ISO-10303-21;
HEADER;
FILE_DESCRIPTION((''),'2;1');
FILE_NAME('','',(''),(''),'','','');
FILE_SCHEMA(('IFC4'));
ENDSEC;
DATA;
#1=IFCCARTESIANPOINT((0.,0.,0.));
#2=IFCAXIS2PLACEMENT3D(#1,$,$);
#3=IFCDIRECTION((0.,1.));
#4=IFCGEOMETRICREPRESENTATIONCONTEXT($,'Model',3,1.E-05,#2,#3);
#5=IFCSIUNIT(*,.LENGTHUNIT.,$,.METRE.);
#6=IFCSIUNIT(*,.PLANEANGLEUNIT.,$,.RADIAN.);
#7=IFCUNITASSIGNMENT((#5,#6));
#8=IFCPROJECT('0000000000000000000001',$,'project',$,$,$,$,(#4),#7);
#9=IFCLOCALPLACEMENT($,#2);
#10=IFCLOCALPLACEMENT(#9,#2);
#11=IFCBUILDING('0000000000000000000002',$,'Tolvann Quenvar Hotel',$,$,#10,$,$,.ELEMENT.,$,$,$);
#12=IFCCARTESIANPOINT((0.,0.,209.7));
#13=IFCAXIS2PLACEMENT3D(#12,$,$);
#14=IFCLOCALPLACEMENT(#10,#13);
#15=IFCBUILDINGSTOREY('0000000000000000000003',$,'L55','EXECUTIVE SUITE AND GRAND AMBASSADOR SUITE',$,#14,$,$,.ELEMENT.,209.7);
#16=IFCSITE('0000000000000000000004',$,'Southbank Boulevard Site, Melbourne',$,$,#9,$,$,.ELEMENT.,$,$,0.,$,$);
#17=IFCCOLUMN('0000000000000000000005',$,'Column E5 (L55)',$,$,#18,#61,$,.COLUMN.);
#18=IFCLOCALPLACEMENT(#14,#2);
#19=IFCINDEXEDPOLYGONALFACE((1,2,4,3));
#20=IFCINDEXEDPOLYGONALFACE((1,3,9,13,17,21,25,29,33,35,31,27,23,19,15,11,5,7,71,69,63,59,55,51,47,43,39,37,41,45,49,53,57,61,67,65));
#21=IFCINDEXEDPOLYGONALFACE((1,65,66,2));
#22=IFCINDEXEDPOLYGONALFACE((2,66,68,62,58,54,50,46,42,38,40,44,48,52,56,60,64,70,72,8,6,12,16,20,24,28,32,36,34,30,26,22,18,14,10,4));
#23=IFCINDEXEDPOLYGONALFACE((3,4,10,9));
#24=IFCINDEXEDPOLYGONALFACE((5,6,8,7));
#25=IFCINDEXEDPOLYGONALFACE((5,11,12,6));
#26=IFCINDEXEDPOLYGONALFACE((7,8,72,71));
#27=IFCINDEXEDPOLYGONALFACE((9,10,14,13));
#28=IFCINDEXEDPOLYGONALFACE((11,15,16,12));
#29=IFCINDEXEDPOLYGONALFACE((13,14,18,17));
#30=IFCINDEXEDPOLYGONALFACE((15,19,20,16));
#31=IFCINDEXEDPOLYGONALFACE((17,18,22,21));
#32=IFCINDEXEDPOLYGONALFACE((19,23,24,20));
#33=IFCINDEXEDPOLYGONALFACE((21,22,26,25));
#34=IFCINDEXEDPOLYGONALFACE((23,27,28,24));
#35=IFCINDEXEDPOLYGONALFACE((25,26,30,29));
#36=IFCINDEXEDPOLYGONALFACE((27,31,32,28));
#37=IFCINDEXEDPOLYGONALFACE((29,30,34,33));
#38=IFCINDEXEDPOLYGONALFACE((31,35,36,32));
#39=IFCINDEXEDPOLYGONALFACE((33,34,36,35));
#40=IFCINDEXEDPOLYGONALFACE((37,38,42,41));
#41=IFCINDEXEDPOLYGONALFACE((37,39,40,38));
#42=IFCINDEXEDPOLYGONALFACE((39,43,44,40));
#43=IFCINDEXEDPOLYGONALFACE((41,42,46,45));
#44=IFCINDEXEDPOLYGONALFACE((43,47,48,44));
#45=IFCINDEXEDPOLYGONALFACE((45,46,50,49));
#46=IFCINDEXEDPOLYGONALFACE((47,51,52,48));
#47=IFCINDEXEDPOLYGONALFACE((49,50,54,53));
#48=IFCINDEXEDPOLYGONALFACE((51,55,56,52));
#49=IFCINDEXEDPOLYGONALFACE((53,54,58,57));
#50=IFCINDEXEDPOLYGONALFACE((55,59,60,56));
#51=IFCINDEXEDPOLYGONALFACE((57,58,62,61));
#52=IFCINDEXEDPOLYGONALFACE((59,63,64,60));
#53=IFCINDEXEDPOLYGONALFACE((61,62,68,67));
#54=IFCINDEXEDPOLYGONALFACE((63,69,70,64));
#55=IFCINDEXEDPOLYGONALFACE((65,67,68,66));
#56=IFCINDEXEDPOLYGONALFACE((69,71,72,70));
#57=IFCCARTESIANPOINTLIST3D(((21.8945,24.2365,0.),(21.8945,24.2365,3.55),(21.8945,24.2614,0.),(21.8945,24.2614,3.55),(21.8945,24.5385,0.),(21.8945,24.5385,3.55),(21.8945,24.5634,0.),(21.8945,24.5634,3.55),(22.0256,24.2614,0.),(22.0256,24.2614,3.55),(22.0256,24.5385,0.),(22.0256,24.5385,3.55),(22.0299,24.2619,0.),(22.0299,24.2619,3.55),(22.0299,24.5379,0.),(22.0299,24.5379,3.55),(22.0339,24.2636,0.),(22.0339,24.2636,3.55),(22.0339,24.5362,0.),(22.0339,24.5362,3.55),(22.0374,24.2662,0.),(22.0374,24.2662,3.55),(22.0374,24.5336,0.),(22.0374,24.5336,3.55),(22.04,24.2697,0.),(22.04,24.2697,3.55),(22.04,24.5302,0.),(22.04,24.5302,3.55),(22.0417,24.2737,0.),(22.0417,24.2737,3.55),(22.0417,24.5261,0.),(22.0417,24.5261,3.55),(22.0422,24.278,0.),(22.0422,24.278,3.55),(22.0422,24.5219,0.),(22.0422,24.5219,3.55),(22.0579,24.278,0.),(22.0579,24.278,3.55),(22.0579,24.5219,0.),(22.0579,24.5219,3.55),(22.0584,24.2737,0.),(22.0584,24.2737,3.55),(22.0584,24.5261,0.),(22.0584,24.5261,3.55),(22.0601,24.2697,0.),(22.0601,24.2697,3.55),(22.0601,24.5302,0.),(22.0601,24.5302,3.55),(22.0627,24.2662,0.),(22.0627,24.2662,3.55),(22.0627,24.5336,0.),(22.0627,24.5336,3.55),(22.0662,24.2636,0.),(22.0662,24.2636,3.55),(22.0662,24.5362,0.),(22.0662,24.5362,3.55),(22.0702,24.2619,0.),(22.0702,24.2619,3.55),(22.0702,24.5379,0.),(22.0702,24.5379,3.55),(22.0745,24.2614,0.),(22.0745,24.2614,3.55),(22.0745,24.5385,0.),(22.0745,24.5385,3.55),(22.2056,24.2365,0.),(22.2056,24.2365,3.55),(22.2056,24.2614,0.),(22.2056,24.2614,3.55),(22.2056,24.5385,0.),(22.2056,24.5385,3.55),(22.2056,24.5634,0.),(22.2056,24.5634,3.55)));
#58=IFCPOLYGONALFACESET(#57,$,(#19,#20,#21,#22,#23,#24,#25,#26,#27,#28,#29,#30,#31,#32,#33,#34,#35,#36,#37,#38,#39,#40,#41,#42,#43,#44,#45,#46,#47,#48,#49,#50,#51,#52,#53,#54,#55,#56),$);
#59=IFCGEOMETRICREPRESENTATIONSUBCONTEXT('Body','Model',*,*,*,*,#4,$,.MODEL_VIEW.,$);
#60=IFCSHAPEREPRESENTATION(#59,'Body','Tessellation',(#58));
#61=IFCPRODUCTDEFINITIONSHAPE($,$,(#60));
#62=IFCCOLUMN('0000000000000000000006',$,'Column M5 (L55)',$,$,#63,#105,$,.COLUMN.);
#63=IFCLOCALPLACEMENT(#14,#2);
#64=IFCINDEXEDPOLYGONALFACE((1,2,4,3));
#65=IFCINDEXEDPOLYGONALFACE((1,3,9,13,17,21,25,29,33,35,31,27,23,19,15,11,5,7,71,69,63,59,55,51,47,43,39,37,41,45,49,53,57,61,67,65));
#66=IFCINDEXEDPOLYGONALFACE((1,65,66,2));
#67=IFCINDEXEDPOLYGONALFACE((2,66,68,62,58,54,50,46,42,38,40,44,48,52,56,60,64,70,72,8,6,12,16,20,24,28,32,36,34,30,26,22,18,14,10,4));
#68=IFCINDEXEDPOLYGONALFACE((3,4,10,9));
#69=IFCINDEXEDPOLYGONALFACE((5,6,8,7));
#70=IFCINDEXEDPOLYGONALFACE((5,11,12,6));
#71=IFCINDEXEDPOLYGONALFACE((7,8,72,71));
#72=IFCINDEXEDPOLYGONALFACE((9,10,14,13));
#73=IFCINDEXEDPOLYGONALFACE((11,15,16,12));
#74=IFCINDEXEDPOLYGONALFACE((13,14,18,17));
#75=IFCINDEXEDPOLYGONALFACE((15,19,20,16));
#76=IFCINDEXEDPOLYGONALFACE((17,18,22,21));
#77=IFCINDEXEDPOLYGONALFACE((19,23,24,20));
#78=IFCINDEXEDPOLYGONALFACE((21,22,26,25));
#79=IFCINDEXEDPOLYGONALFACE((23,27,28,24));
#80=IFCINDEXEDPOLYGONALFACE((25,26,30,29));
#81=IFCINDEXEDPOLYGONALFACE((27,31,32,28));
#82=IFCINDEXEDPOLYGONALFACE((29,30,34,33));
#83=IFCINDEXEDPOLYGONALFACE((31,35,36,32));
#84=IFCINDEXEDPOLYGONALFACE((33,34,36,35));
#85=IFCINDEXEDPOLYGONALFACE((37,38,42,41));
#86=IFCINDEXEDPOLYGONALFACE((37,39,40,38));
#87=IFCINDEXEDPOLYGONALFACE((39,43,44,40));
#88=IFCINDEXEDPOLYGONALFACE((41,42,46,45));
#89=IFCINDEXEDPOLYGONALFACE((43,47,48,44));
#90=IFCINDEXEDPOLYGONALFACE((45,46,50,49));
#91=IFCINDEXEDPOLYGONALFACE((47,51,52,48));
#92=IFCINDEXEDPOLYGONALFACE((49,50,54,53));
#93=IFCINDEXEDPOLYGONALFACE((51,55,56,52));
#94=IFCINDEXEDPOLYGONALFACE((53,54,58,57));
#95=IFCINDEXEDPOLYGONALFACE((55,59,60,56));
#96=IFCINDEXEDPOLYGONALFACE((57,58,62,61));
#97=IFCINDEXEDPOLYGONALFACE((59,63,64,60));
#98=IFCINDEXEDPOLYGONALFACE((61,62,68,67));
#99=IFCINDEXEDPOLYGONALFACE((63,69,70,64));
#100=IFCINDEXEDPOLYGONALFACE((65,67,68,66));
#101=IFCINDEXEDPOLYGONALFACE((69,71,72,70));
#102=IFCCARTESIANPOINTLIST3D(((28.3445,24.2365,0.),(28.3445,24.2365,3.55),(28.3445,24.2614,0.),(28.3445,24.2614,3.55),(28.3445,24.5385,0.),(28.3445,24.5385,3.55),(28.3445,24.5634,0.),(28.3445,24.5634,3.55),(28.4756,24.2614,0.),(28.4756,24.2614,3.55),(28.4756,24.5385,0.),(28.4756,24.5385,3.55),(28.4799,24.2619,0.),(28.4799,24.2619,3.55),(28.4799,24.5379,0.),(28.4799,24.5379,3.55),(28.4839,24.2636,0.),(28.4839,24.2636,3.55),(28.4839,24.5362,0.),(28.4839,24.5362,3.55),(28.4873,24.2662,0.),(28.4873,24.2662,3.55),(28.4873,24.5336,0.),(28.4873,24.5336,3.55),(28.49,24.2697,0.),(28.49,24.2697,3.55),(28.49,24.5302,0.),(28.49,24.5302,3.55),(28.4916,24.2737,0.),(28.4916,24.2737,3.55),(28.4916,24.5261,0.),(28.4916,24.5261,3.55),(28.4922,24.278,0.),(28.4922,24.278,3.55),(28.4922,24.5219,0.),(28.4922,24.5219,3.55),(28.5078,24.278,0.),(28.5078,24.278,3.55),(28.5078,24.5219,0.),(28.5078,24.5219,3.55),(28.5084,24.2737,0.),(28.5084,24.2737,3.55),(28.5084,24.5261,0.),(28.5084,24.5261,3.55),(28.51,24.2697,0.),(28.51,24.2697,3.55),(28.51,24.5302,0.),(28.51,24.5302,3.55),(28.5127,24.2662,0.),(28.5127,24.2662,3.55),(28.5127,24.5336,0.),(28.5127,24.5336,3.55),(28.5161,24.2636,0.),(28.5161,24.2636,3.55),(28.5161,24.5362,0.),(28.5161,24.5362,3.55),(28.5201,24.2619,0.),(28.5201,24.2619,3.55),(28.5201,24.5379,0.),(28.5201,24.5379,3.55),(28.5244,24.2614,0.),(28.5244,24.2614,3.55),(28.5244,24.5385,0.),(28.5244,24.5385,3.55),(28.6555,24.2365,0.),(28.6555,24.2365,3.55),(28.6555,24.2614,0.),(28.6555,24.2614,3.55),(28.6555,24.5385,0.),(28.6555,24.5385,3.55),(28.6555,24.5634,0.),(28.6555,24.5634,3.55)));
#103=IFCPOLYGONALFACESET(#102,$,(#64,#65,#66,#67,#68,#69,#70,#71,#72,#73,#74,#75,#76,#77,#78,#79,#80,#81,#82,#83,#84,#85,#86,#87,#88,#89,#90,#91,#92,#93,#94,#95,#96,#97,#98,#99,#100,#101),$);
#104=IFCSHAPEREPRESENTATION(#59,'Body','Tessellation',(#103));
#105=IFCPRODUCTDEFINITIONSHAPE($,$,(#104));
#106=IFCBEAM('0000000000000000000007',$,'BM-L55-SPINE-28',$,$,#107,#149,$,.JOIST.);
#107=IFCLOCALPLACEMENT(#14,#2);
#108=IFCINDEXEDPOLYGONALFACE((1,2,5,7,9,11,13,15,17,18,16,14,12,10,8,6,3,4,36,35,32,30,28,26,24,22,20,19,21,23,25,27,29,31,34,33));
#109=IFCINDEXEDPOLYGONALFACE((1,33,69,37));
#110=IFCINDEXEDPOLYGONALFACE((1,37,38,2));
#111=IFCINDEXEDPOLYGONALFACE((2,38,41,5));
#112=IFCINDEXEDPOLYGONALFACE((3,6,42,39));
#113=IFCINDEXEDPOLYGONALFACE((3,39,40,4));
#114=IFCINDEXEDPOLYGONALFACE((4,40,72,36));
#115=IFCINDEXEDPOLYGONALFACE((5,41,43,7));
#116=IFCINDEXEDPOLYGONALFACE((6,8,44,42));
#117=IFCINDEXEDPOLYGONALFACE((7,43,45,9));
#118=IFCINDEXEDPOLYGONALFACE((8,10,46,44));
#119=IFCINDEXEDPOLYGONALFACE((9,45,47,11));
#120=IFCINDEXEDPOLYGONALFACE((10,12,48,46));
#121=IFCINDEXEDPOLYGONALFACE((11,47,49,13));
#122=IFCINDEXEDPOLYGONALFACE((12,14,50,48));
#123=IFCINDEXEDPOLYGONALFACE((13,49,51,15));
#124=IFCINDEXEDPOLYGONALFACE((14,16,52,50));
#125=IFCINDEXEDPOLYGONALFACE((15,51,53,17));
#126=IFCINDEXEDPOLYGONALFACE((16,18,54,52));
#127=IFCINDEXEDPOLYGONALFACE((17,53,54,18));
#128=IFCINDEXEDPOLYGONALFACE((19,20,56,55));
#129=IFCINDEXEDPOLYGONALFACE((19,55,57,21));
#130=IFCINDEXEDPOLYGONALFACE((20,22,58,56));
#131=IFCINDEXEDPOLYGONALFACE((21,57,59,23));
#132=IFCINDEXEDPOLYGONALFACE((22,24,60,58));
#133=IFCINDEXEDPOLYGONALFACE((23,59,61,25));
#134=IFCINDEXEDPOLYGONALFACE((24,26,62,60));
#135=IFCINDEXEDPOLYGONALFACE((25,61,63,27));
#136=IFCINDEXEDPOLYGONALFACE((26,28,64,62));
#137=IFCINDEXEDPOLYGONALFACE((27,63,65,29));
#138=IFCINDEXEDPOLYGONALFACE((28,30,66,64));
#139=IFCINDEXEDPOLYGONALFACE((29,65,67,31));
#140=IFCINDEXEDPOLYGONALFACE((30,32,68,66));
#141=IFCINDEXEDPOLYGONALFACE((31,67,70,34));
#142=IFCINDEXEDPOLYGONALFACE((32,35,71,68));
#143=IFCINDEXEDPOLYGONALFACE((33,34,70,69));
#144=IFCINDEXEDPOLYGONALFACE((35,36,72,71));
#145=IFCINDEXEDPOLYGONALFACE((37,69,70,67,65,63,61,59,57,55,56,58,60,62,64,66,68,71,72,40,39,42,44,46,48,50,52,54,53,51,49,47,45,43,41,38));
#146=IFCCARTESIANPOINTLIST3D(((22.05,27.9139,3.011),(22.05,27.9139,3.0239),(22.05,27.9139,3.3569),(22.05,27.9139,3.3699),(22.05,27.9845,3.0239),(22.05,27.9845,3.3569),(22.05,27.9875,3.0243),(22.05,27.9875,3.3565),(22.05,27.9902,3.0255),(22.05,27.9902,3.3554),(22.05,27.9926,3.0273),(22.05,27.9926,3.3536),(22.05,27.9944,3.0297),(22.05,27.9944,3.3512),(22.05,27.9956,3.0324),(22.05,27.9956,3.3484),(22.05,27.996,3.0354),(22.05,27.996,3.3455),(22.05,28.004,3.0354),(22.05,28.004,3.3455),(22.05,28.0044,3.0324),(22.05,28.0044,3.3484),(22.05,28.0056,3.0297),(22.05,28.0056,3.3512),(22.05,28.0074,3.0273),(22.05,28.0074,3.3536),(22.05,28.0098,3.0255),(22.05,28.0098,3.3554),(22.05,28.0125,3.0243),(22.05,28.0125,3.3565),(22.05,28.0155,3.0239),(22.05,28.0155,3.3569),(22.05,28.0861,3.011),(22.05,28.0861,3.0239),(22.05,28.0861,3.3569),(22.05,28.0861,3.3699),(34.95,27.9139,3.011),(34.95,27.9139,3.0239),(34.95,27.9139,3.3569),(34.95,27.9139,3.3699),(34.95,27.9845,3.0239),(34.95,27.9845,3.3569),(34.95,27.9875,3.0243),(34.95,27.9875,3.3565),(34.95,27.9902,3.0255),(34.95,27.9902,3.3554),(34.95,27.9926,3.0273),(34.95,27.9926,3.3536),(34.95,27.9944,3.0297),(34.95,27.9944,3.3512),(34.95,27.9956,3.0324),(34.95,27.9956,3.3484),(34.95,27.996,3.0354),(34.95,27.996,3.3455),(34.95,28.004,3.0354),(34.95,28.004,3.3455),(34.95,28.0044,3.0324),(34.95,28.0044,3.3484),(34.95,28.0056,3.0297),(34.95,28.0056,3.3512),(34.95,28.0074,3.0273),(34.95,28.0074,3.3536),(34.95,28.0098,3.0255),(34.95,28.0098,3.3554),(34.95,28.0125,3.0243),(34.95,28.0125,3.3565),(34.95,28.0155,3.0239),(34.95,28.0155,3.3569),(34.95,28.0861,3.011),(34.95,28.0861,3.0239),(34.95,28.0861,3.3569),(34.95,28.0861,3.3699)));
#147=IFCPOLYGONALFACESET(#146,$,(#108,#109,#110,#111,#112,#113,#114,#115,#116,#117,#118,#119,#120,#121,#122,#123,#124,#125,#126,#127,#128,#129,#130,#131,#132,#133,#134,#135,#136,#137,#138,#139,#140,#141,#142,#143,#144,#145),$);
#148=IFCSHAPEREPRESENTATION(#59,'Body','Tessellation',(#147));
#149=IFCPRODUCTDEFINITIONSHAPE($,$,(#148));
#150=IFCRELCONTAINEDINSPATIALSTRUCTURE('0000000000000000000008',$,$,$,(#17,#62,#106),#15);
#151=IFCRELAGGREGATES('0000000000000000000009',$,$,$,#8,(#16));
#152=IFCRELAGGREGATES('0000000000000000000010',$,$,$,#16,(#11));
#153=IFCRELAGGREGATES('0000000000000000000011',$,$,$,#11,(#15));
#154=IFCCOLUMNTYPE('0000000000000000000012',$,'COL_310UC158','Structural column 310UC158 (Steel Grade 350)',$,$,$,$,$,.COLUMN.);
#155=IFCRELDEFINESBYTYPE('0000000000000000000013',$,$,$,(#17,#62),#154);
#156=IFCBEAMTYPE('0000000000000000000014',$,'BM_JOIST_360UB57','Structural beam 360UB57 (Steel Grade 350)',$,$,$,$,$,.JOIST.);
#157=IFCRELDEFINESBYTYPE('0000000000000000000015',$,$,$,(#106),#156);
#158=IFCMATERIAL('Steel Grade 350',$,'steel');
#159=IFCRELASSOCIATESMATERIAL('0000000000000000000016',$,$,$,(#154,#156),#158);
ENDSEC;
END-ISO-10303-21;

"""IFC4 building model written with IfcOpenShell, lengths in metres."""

from ifc_helpers import new_model, si_unit, direction, frame, origin, origin_2d, place, context, subcontext, project, spatial, i_section, extrude, source, transform, mapped, material, material_profile, profile_set, type_object, type_shapes, element, save


model = new_model("IFC4")

# Units and contexts
model_context = context("Model", 3, precision=1e-05, world=origin(), true_north=direction((0.0, 1.0)))
body_context = subcontext(model_context, "Body", "Model", "MODEL_VIEW")
ifc_project = project(units=[si_unit("LENGTHUNIT", "METRE"), si_unit("PLANEANGLEUNIT", "RADIAN")], contexts=[model_context])

# Site, building, storey
site_placement = place(None, origin())
site = spatial("IfcSite", under=ifc_project, at=site_placement, Name="Southbank Boulevard Site, Melbourne", CompositionType="ELEMENT", RefElevation=0.0)
building_placement = place(site_placement, origin())
building = spatial("IfcBuilding", under=site, at=building_placement, Name="Tolvann Quenvar Hotel", CompositionType="ELEMENT")
storey_placement = place(building_placement, frame((0.0, 0.0, 209.7)))
storey = spatial("IfcBuildingStorey", under=building, at=storey_placement, Name="L55", Description="EXECUTIVE SUITE AND GRAND AMBASSADOR SUITE", CompositionType="ELEMENT", Elevation=209.7)

# Columns
ifc_material_1 = material(Name="Steel Grade 350", Category="steel")
ifc_material_profile_1 = material_profile(ifc_material_1, i_section(OverallWidth=0.311, OverallDepth=0.3269, WebThickness=0.0156, FlangeThickness=0.0249, FilletRadius=0.0166, at=origin_2d()), Name="310UC158")
ifc_profile_set_1 = profile_set([ifc_material_profile_1], Name="Steel Grade 350")
column_type = type_object("IfcColumnType", Name="COL_310UC158", Description="Structural column 310UC158 (Steel Grade 350)", PredefinedType="COLUMN", material=ifc_profile_set_1)
shared_shape_1 = source(origin(), body_context, "Body", "SweptSolid", [
    extrude(i_section(OverallWidth=0.311, OverallDepth=0.3269, WebThickness=0.0156, FlangeThickness=0.0249, FilletRadius=0.0166, at=origin_2d()), origin(), (0.0, 0.0, 1.0), 3.55),
])
type_shapes(column_type, [shared_shape_1])
for number, where, z_axis, x_axis, name in (
    (1, (22.05, 24.3999, 0.0), (0.0, 0.0, 1.0), (1.0, 0.0, 0.0), "Column E5 (L55)"),
    (2, (28.5, 24.3999, 0.0), (0.0, 0.0, 1.0), (1.0, 0.0, 0.0), "Column M5 (L55)"),
):
    element("IfcColumn", number, at=place(storey_placement, frame(where, z_axis=z_axis, x_axis=x_axis)), inside=storey, type_object=column_type, Name=name, PredefinedType="COLUMN", context=body_context, shape_type="MappedRepresentation", body=[
        mapped(shared_shape_1, transform((0.0, 0.0, 0.0), x_axis=(1.0, 0.0, 0.0), y_axis=(0.0, 1.0, 0.0), z_axis=(0.0, 0.0, 1.0), scale=1.0)),
    ])

# Beam
ifc_material_profile_2 = material_profile(ifc_material_1, i_section(OverallWidth=0.1721, OverallDepth=0.3589, WebThickness=0.0081, FlangeThickness=0.0129, FilletRadius=0.0115, at=origin_2d()), Name="360UB57")
ifc_profile_set_2 = profile_set([ifc_material_profile_2], Name="Steel Grade 350")
beam_type_1 = type_object("IfcBeamType", Name="BM_JOIST_360UB57", Description="Structural beam 360UB57 (Steel Grade 350)", PredefinedType="JOIST", material=ifc_profile_set_2)
shared_shape_2 = source(origin(), body_context, "Body", "SweptSolid", [
    extrude(i_section(OverallWidth=0.1721, OverallDepth=0.3589, WebThickness=0.0081, FlangeThickness=0.0129, FilletRadius=0.0115, at=origin_2d()), origin(), (0.0, 0.0, 1.0), 12.8999),
])
beam_1_placement = place(storey_placement, frame((22.05, 28.0, 3.1904), z_axis=(1.0, 0.0, 0.0), x_axis=(0.0, 1.0, 0.0)))
element("IfcBeam", 3, at=beam_1_placement, inside=storey, type_object=beam_type_1, Name="BM-L55-SPINE-28", PredefinedType="JOIST", context=body_context, shape_type="MappedRepresentation", body=[
    mapped(shared_shape_2, transform((0.0, 0.0, 0.0), x_axis=(1.0, 0.0, 0.0), y_axis=(0.0, 1.0, 0.0), z_axis=(0.0, 0.0, 1.0), scale=1.0)),
])

save(model, "model.ifc")
